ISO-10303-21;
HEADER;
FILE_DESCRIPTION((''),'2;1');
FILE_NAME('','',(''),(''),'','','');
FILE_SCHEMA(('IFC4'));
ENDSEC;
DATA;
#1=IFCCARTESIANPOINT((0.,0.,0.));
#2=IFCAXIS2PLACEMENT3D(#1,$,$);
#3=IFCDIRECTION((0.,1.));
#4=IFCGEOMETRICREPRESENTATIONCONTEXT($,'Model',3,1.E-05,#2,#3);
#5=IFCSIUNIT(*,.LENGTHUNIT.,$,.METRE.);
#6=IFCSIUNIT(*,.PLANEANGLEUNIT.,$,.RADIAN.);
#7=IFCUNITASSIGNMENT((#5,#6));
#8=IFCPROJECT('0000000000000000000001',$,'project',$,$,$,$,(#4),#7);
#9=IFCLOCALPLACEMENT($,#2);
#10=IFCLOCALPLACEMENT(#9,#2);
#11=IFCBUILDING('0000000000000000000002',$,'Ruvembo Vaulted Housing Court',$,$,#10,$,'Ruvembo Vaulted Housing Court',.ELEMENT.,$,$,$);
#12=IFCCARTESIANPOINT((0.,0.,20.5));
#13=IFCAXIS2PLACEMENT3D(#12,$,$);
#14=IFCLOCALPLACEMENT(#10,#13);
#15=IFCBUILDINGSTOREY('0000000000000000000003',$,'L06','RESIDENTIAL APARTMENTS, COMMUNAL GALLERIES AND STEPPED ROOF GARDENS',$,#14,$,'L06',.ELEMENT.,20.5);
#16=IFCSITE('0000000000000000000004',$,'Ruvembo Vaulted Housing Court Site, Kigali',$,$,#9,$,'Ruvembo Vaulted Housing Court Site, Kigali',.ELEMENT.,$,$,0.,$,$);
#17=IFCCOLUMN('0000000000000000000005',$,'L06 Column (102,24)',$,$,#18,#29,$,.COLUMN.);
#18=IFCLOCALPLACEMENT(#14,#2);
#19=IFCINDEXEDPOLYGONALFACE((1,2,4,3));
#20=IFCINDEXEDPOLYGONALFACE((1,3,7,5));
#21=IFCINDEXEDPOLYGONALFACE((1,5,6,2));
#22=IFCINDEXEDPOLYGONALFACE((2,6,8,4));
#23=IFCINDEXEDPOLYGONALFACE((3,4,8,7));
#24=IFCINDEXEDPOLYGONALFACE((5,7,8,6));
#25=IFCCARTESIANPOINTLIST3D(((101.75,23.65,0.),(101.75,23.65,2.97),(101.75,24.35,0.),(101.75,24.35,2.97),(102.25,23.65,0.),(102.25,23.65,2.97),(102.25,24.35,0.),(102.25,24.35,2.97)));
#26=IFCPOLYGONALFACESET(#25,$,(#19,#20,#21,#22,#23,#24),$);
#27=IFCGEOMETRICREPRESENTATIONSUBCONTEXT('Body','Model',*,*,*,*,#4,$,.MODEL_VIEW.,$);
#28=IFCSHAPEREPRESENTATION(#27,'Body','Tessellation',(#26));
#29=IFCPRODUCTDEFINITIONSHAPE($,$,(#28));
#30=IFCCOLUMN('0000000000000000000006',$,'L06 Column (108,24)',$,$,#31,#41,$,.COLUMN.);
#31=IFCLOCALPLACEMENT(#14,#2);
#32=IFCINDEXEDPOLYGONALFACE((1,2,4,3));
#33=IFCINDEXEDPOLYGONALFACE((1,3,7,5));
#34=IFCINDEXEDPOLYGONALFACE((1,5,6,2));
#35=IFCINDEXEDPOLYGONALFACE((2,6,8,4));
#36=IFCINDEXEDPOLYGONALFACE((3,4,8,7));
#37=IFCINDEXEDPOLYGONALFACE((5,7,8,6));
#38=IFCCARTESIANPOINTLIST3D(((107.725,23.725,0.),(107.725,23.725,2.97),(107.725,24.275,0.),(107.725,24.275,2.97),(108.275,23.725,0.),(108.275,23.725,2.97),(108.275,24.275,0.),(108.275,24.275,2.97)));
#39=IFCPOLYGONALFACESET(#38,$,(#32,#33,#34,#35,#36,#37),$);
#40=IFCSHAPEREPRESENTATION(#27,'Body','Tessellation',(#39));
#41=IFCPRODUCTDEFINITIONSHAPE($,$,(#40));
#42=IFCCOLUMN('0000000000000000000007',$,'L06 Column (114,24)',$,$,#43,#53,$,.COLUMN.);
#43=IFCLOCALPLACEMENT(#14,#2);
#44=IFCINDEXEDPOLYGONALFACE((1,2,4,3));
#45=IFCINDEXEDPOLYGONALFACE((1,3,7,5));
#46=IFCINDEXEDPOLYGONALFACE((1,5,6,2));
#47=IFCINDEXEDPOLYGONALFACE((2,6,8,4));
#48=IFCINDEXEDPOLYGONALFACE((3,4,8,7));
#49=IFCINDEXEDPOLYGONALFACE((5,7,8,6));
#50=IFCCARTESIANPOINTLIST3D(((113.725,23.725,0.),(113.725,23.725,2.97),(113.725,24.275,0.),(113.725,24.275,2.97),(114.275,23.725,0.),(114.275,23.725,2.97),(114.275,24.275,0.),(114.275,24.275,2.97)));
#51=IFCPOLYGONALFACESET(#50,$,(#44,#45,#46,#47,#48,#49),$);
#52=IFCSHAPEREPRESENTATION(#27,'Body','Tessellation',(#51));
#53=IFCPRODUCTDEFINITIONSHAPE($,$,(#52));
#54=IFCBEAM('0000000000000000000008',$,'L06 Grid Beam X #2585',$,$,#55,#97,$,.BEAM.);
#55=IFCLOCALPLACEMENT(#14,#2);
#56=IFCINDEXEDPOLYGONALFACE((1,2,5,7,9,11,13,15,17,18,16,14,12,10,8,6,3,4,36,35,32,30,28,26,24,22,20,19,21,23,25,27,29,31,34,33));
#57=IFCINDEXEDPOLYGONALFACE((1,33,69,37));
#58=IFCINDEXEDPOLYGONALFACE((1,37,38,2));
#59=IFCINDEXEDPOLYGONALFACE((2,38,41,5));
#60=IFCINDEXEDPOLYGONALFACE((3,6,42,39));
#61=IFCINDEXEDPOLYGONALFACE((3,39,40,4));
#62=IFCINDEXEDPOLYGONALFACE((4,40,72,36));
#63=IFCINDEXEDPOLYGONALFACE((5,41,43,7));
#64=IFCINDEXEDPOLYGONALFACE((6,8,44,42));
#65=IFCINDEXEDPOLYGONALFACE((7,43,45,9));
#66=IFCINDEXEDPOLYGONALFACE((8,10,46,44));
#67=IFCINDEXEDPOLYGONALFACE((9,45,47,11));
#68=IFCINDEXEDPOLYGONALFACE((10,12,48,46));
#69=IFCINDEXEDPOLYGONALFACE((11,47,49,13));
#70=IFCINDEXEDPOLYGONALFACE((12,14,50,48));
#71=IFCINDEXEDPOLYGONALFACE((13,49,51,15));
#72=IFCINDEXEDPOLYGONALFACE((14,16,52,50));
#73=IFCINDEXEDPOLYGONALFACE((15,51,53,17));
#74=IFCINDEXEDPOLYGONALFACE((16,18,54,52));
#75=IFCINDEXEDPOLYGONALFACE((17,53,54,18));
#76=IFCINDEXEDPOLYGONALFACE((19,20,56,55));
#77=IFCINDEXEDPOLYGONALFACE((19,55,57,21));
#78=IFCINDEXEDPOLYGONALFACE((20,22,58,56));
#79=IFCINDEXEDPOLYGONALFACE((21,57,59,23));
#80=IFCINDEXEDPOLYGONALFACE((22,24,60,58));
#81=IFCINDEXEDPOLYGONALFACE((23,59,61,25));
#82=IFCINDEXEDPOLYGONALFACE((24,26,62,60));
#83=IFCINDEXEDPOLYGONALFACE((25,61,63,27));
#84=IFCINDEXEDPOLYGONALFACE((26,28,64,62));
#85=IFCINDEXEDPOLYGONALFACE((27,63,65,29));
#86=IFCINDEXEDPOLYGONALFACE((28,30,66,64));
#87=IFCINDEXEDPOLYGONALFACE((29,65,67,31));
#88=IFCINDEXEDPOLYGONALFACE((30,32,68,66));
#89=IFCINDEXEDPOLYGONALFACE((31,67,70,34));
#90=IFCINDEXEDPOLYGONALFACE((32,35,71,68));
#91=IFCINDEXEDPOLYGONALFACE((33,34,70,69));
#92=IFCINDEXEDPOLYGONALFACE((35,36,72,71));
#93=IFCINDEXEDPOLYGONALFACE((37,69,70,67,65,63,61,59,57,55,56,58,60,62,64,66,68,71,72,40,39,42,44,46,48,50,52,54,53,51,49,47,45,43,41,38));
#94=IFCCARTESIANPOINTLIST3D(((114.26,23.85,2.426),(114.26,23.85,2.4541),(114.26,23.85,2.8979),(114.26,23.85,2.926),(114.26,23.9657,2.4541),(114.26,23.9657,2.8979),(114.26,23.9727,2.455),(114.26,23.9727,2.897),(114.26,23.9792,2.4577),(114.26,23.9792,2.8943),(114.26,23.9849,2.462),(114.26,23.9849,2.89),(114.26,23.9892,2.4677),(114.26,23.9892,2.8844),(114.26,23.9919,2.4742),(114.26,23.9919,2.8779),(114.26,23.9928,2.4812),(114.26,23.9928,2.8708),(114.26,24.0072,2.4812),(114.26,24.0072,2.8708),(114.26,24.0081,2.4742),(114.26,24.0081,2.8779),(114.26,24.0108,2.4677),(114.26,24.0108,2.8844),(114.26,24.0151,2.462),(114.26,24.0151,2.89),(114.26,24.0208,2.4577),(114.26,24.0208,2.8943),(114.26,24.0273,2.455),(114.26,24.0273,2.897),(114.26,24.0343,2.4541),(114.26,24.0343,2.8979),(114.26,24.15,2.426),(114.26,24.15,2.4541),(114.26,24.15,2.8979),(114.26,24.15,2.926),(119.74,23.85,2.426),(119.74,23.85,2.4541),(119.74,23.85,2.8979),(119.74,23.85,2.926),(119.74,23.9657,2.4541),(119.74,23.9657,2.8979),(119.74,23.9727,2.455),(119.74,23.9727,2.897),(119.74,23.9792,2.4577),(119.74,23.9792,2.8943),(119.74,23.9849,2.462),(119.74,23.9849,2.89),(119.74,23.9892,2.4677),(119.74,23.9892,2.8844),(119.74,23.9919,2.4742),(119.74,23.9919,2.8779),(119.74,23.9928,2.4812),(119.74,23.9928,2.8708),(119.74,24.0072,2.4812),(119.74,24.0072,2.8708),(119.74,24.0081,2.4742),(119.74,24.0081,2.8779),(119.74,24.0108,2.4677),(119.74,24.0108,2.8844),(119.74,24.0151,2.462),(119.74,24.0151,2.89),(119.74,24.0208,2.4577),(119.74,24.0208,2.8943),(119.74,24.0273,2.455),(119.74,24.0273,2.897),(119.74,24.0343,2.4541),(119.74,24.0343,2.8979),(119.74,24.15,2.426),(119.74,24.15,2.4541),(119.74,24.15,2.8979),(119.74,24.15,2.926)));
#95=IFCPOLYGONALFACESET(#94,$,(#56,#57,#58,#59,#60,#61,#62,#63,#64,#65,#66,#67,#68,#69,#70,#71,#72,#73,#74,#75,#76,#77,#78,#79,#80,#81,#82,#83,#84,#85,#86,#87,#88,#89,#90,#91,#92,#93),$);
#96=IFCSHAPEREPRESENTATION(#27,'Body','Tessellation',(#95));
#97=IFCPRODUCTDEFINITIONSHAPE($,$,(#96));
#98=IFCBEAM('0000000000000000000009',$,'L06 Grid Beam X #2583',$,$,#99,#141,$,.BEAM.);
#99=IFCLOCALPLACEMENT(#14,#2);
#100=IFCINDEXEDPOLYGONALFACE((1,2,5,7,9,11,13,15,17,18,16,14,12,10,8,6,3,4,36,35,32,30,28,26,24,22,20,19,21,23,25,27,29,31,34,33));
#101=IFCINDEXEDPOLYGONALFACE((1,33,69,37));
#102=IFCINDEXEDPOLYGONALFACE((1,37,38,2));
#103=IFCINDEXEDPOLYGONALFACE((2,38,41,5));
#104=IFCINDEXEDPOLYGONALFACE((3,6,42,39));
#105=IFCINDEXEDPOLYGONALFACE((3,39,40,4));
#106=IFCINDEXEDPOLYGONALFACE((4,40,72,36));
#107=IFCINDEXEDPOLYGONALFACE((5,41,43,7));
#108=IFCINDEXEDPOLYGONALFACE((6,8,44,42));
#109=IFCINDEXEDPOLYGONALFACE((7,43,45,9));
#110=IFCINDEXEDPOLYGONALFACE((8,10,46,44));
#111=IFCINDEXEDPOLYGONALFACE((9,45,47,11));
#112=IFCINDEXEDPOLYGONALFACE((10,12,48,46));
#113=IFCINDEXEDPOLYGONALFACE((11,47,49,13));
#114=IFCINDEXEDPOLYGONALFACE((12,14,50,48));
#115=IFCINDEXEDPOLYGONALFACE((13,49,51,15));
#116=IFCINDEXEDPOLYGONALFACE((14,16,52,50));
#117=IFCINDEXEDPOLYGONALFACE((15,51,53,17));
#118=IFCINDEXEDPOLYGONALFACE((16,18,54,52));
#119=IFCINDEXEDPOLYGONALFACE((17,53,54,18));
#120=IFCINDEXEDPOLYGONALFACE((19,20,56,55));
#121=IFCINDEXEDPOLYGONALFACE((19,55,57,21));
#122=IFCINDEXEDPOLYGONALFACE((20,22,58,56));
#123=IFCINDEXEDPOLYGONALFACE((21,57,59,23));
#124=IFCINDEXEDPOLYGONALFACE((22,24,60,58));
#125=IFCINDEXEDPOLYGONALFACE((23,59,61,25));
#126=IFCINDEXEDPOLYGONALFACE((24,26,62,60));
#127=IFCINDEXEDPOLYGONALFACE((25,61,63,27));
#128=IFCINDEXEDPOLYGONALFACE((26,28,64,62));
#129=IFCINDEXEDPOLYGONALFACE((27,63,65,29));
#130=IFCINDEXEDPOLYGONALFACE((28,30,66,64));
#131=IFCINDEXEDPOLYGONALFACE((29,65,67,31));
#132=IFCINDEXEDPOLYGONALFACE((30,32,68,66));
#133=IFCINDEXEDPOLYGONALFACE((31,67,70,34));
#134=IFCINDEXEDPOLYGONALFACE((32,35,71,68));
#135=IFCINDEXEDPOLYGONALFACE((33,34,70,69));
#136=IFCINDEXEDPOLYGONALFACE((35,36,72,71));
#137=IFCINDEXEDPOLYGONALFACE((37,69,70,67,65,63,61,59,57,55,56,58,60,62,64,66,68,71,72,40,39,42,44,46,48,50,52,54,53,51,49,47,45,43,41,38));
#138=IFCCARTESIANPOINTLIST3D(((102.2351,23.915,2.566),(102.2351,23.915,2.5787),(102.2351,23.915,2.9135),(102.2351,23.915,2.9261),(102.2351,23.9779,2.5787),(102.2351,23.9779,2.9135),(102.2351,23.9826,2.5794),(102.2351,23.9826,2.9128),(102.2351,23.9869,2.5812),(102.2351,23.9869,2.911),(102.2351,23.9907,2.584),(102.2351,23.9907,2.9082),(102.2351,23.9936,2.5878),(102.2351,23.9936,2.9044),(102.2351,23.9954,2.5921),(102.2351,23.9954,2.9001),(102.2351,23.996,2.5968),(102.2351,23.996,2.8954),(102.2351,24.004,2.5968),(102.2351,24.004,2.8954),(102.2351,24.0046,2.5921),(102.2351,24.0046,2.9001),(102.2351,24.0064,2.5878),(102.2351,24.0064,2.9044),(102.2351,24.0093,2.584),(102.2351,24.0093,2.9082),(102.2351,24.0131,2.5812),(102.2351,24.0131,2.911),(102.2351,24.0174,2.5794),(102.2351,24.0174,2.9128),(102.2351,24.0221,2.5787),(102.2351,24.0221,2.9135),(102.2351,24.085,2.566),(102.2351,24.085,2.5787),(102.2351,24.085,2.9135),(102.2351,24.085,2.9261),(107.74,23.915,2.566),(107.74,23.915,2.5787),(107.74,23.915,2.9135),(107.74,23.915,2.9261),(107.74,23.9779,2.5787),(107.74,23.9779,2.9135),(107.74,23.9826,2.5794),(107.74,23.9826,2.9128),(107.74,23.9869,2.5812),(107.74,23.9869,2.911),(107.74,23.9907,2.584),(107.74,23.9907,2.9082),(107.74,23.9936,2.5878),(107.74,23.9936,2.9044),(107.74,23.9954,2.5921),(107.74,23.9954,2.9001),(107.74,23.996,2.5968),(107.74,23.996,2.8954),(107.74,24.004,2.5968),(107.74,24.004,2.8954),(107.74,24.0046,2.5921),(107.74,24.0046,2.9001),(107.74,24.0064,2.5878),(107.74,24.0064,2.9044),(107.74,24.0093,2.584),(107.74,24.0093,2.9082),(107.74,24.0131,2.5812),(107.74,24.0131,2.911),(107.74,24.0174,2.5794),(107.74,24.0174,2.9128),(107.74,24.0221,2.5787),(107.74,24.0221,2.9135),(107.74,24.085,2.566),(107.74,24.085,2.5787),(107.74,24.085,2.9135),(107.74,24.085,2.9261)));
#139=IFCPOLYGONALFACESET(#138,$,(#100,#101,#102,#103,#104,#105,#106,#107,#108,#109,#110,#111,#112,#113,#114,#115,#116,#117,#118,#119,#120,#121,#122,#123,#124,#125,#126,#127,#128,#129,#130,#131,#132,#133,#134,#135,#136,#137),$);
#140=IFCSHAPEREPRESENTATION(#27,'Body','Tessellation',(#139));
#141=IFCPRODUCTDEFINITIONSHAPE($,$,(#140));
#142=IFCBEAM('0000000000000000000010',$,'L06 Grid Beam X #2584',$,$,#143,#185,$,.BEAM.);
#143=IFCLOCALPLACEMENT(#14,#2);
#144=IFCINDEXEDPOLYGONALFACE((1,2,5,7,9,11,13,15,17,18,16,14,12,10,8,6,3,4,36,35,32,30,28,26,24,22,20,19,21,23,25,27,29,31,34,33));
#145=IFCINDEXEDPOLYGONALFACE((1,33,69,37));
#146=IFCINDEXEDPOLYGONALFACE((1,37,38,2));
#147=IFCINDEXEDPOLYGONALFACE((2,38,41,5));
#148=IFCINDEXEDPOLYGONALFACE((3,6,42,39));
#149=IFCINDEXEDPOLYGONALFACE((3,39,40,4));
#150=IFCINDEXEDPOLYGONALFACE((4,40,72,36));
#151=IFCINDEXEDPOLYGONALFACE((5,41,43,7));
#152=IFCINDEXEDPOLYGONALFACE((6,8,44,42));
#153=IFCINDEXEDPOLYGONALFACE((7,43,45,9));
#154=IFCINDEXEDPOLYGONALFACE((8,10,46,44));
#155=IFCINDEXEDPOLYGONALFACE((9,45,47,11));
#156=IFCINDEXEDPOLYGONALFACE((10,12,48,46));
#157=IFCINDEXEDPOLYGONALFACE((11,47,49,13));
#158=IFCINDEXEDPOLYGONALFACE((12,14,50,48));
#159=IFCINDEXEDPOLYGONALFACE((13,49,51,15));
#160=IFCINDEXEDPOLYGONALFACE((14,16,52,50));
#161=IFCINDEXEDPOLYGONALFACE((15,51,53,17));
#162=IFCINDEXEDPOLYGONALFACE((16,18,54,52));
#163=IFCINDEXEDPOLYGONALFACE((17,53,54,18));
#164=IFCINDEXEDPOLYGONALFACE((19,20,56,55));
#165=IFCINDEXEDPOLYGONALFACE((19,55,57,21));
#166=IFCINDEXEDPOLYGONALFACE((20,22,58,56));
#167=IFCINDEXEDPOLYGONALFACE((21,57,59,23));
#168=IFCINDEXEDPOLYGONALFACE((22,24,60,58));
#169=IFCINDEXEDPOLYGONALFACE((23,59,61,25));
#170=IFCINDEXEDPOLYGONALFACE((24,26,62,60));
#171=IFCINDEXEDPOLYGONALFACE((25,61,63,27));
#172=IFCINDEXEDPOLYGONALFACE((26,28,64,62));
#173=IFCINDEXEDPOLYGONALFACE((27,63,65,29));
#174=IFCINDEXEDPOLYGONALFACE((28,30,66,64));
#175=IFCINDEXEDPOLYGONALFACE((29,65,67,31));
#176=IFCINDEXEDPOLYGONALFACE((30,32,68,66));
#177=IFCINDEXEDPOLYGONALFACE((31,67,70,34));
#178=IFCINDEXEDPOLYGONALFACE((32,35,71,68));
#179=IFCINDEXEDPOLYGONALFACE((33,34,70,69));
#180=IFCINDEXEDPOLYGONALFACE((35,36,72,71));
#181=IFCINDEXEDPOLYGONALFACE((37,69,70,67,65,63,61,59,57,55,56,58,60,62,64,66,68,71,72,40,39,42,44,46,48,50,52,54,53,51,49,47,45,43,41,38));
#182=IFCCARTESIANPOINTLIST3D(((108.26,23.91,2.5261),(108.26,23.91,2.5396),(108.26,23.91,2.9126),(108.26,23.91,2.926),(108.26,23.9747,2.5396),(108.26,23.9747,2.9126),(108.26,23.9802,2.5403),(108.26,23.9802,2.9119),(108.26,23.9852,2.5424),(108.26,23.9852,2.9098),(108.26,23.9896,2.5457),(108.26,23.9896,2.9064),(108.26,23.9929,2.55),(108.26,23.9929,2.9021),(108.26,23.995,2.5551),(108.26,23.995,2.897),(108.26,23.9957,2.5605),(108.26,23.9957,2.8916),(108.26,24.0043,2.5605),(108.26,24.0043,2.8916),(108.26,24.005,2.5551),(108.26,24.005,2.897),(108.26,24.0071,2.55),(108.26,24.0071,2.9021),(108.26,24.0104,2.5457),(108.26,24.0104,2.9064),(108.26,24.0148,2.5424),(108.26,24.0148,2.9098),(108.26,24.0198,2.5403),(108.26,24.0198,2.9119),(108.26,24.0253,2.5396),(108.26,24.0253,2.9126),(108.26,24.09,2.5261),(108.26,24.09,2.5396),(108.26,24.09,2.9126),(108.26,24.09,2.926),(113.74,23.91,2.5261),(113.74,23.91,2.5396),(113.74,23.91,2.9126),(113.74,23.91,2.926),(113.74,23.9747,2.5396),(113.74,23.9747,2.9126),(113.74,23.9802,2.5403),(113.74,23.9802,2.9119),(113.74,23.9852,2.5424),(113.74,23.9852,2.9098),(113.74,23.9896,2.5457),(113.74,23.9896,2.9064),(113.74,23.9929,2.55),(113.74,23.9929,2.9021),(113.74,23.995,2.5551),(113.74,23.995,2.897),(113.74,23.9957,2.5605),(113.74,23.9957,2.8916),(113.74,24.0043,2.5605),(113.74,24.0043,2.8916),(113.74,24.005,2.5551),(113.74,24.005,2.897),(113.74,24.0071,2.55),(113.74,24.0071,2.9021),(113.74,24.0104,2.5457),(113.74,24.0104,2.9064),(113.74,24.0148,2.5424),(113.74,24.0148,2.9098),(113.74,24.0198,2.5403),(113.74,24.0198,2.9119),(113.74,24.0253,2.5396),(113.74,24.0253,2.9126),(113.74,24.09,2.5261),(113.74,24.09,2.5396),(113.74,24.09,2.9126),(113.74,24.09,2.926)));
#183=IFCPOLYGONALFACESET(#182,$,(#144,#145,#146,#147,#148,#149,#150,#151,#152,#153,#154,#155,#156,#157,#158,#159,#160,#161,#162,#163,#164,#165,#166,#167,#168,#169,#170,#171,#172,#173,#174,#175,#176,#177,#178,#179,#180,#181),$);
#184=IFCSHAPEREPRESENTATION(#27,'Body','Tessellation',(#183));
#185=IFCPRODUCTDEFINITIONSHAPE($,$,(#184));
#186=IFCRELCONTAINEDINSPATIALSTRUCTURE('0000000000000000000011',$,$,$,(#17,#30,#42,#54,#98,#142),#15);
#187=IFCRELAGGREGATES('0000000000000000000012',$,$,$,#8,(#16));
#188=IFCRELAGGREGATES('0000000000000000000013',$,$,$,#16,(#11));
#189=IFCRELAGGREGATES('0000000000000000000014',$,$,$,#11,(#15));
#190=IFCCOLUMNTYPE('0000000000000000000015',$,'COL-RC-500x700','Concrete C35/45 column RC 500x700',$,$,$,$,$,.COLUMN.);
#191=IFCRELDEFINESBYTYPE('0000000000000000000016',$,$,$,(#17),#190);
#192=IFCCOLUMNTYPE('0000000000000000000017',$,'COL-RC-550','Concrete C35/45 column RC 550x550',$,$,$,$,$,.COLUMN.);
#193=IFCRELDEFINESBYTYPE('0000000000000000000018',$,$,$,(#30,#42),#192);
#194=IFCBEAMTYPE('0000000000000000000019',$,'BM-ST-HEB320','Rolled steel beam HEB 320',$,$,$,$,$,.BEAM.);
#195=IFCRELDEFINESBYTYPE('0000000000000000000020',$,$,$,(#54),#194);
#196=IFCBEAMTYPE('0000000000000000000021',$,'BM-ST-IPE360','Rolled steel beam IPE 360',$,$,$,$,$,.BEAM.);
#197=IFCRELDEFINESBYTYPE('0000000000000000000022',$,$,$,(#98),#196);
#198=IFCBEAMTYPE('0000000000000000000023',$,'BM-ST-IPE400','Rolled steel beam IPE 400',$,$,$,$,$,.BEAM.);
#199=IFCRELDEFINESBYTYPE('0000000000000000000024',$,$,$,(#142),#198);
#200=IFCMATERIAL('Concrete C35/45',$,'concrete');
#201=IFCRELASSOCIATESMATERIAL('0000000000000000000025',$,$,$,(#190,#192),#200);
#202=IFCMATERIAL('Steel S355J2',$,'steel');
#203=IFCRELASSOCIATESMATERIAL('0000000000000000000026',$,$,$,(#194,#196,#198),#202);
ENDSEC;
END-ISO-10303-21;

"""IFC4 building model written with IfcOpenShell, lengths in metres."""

from ifc_helpers import new_model, si_unit, direction, frame, origin, origin_2d, place, context, subcontext, project, spatial, rectangle, i_section, extrude, material, material_profile, profile_set, type_object, element, save


model = new_model("IFC4")

# Units and contexts
model_context = context("Model", 3, precision=1e-05, world=origin(), true_north=direction((0.0, 1.0)))
body_context = subcontext(model_context, "Body", "Model", "MODEL_VIEW")
ifc_project = project(units=[si_unit("LENGTHUNIT", "METRE"), si_unit("PLANEANGLEUNIT", "RADIAN")], contexts=[model_context])

# Site, building, storey
site_placement = place(None, origin())
site = spatial("IfcSite", under=ifc_project, at=site_placement, Name="Ruvembo Vaulted Housing Court Site, Kigali", LongName="Ruvembo Vaulted Housing Court Site, Kigali", CompositionType="ELEMENT", RefElevation=0.0)
building_placement = place(site_placement, origin())
building = spatial("IfcBuilding", under=site, at=building_placement, Name="Ruvembo Vaulted Housing Court", LongName="Ruvembo Vaulted Housing Court", CompositionType="ELEMENT")
storey_placement = place(building_placement, frame((0.0, 0.0, 20.5)))
storey = spatial("IfcBuildingStorey", under=building, at=storey_placement, Name="L06", Description="RESIDENTIAL APARTMENTS, COMMUNAL GALLERIES AND STEPPED ROOF GARDENS", LongName="L06", CompositionType="ELEMENT", Elevation=20.5)

# Columns
ifc_material_1 = material(Name="Concrete C35/45", Category="concrete")
ifc_material_profile_1 = material_profile(ifc_material_1, rectangle(XDim=0.5, YDim=0.7, at=origin_2d()), Name="RC 500x700")
ifc_profile_set_1 = profile_set([ifc_material_profile_1], Name="Concrete C35/45")
column_type_1 = type_object("IfcColumnType", Name="COL-RC-500x700", Description="Concrete C35/45 column RC 500x700", PredefinedType="COLUMN", material=ifc_profile_set_1)
column_placement = place(storey_placement, frame((102.0, 24.0, 0.0), z_axis=(0.0, 0.0, 1.0), x_axis=(1.0, 0.0, 0.0)))
element("IfcColumn", 1, at=column_placement, inside=storey, type_object=column_type_1, Name="L06 Column (102,24)", PredefinedType="COLUMN", context=body_context, shape_type="SweptSolid", body=[
    extrude(rectangle(XDim=0.5, YDim=0.7, at=origin_2d()), origin(), (0.0, 0.0, 1.0), 2.97),
])
ifc_material_profile_2 = material_profile(ifc_material_1, rectangle(XDim=0.55, YDim=0.55, at=origin_2d()), Name="RC 550x550")
ifc_profile_set_2 = profile_set([ifc_material_profile_2], Name="Concrete C35/45")
column_type_2 = type_object("IfcColumnType", Name="COL-RC-550", Description="Concrete C35/45 column RC 550x550", PredefinedType="COLUMN", material=ifc_profile_set_2)
for number, where, z_axis, x_axis, name in (
    (2, (108.0, 24.0, 0.0), (0.0, 0.0, 1.0), (1.0, 0.0, 0.0), "L06 Column (108,24)"),
    (3, (114.0, 24.0, 0.0), (0.0, 0.0, 1.0), (1.0, 0.0, 0.0), "L06 Column (114,24)"),
):
    element("IfcColumn", number, at=place(storey_placement, frame(where, z_axis=z_axis, x_axis=x_axis)), inside=storey, type_object=column_type_2, Name=name, PredefinedType="COLUMN", context=body_context, shape_type="SweptSolid", body=[
        extrude(rectangle(XDim=0.55, YDim=0.55, at=origin_2d()), origin(), (0.0, 0.0, 1.0), 2.97),
    ])

# Beams
ifc_material_2 = material(Name="Steel S355J2", Category="steel")
ifc_material_profile_3 = material_profile(ifc_material_2, i_section(OverallWidth=0.3, OverallDepth=0.5, WebThickness=0.0144, FlangeThickness=0.0281, FilletRadius=0.0271, at=origin_2d()), Name="HEB 320")
ifc_profile_set_3 = profile_set([ifc_material_profile_3], Name="Steel S355J2")
beam_type_1 = type_object("IfcBeamType", Name="BM-ST-HEB320", Description="Rolled steel beam HEB 320", PredefinedType="BEAM", material=ifc_profile_set_3)
beam_1_placement = place(storey_placement, frame((114.26, 24.0, 2.676), z_axis=(1.0, 0.0, 0.0), x_axis=(0.0, 1.0, 0.0)))
element("IfcBeam", 4, at=beam_1_placement, inside=storey, type_object=beam_type_1, Name="L06 Grid Beam X #2585", PredefinedType="BEAM", context=body_context, shape_type="SweptSolid", body=[
    extrude(i_section(OverallWidth=0.3, OverallDepth=0.5, WebThickness=0.0144, FlangeThickness=0.0281, FilletRadius=0.0271, at=origin_2d()), origin(), (0.0, 0.0, 1.0), 5.48),
])
ifc_material_profile_4 = material_profile(ifc_material_2, i_section(OverallWidth=0.1699, OverallDepth=0.3601, WebThickness=0.0081, FlangeThickness=0.0127, FilletRadius=0.0181, at=origin_2d()), Name="IPE 360")
ifc_profile_set_4 = profile_set([ifc_material_profile_4], Name="Steel S355J2")
beam_type_2 = type_object("IfcBeamType", Name="BM-ST-IPE360", Description="Rolled steel beam IPE 360", PredefinedType="BEAM", material=ifc_profile_set_4)
beam_2_placement = place(storey_placement, frame((102.2351, 24.0, 2.7461), z_axis=(1.0, 0.0, 0.0), x_axis=(0.0, 1.0, 0.0)))
element("IfcBeam", 5, at=beam_2_placement, inside=storey, type_object=beam_type_2, Name="L06 Grid Beam X #2583", PredefinedType="BEAM", context=body_context, shape_type="SweptSolid", body=[
    extrude(i_section(OverallWidth=0.1699, OverallDepth=0.3601, WebThickness=0.0081, FlangeThickness=0.0127, FilletRadius=0.0181, at=origin_2d()), origin(), (0.0, 0.0, 1.0), 5.5049),
])
ifc_material_profile_5 = material_profile(ifc_material_2, i_section(OverallWidth=0.1799, OverallDepth=0.3999, WebThickness=0.0085, FlangeThickness=0.0134, FilletRadius=0.021, at=origin_2d()), Name="IPE 400")
ifc_profile_set_5 = profile_set([ifc_material_profile_5], Name="Steel S355J2")
beam_type_3 = type_object("IfcBeamType", Name="BM-ST-IPE400", Description="Rolled steel beam IPE 400", PredefinedType="BEAM", material=ifc_profile_set_5)
for number, where, z_axis, x_axis, name in (
    (6, (108.26, 24.0, 2.7261), (1.0, 0.0, 0.0), (0.0, 1.0, 0.0), "L06 Grid Beam X #2584"),
):
    element("IfcBeam", number, at=place(storey_placement, frame(where, z_axis=z_axis, x_axis=x_axis)), inside=storey, type_object=beam_type_3, Name=name, PredefinedType="BEAM", context=body_context, shape_type="SweptSolid", body=[
        extrude(i_section(OverallWidth=0.1799, OverallDepth=0.3999, WebThickness=0.0085, FlangeThickness=0.0134, FilletRadius=0.021, at=origin_2d()), origin(), (0.0, 0.0, 1.0), 5.48),
    ])

save(model, "model.ifc")
